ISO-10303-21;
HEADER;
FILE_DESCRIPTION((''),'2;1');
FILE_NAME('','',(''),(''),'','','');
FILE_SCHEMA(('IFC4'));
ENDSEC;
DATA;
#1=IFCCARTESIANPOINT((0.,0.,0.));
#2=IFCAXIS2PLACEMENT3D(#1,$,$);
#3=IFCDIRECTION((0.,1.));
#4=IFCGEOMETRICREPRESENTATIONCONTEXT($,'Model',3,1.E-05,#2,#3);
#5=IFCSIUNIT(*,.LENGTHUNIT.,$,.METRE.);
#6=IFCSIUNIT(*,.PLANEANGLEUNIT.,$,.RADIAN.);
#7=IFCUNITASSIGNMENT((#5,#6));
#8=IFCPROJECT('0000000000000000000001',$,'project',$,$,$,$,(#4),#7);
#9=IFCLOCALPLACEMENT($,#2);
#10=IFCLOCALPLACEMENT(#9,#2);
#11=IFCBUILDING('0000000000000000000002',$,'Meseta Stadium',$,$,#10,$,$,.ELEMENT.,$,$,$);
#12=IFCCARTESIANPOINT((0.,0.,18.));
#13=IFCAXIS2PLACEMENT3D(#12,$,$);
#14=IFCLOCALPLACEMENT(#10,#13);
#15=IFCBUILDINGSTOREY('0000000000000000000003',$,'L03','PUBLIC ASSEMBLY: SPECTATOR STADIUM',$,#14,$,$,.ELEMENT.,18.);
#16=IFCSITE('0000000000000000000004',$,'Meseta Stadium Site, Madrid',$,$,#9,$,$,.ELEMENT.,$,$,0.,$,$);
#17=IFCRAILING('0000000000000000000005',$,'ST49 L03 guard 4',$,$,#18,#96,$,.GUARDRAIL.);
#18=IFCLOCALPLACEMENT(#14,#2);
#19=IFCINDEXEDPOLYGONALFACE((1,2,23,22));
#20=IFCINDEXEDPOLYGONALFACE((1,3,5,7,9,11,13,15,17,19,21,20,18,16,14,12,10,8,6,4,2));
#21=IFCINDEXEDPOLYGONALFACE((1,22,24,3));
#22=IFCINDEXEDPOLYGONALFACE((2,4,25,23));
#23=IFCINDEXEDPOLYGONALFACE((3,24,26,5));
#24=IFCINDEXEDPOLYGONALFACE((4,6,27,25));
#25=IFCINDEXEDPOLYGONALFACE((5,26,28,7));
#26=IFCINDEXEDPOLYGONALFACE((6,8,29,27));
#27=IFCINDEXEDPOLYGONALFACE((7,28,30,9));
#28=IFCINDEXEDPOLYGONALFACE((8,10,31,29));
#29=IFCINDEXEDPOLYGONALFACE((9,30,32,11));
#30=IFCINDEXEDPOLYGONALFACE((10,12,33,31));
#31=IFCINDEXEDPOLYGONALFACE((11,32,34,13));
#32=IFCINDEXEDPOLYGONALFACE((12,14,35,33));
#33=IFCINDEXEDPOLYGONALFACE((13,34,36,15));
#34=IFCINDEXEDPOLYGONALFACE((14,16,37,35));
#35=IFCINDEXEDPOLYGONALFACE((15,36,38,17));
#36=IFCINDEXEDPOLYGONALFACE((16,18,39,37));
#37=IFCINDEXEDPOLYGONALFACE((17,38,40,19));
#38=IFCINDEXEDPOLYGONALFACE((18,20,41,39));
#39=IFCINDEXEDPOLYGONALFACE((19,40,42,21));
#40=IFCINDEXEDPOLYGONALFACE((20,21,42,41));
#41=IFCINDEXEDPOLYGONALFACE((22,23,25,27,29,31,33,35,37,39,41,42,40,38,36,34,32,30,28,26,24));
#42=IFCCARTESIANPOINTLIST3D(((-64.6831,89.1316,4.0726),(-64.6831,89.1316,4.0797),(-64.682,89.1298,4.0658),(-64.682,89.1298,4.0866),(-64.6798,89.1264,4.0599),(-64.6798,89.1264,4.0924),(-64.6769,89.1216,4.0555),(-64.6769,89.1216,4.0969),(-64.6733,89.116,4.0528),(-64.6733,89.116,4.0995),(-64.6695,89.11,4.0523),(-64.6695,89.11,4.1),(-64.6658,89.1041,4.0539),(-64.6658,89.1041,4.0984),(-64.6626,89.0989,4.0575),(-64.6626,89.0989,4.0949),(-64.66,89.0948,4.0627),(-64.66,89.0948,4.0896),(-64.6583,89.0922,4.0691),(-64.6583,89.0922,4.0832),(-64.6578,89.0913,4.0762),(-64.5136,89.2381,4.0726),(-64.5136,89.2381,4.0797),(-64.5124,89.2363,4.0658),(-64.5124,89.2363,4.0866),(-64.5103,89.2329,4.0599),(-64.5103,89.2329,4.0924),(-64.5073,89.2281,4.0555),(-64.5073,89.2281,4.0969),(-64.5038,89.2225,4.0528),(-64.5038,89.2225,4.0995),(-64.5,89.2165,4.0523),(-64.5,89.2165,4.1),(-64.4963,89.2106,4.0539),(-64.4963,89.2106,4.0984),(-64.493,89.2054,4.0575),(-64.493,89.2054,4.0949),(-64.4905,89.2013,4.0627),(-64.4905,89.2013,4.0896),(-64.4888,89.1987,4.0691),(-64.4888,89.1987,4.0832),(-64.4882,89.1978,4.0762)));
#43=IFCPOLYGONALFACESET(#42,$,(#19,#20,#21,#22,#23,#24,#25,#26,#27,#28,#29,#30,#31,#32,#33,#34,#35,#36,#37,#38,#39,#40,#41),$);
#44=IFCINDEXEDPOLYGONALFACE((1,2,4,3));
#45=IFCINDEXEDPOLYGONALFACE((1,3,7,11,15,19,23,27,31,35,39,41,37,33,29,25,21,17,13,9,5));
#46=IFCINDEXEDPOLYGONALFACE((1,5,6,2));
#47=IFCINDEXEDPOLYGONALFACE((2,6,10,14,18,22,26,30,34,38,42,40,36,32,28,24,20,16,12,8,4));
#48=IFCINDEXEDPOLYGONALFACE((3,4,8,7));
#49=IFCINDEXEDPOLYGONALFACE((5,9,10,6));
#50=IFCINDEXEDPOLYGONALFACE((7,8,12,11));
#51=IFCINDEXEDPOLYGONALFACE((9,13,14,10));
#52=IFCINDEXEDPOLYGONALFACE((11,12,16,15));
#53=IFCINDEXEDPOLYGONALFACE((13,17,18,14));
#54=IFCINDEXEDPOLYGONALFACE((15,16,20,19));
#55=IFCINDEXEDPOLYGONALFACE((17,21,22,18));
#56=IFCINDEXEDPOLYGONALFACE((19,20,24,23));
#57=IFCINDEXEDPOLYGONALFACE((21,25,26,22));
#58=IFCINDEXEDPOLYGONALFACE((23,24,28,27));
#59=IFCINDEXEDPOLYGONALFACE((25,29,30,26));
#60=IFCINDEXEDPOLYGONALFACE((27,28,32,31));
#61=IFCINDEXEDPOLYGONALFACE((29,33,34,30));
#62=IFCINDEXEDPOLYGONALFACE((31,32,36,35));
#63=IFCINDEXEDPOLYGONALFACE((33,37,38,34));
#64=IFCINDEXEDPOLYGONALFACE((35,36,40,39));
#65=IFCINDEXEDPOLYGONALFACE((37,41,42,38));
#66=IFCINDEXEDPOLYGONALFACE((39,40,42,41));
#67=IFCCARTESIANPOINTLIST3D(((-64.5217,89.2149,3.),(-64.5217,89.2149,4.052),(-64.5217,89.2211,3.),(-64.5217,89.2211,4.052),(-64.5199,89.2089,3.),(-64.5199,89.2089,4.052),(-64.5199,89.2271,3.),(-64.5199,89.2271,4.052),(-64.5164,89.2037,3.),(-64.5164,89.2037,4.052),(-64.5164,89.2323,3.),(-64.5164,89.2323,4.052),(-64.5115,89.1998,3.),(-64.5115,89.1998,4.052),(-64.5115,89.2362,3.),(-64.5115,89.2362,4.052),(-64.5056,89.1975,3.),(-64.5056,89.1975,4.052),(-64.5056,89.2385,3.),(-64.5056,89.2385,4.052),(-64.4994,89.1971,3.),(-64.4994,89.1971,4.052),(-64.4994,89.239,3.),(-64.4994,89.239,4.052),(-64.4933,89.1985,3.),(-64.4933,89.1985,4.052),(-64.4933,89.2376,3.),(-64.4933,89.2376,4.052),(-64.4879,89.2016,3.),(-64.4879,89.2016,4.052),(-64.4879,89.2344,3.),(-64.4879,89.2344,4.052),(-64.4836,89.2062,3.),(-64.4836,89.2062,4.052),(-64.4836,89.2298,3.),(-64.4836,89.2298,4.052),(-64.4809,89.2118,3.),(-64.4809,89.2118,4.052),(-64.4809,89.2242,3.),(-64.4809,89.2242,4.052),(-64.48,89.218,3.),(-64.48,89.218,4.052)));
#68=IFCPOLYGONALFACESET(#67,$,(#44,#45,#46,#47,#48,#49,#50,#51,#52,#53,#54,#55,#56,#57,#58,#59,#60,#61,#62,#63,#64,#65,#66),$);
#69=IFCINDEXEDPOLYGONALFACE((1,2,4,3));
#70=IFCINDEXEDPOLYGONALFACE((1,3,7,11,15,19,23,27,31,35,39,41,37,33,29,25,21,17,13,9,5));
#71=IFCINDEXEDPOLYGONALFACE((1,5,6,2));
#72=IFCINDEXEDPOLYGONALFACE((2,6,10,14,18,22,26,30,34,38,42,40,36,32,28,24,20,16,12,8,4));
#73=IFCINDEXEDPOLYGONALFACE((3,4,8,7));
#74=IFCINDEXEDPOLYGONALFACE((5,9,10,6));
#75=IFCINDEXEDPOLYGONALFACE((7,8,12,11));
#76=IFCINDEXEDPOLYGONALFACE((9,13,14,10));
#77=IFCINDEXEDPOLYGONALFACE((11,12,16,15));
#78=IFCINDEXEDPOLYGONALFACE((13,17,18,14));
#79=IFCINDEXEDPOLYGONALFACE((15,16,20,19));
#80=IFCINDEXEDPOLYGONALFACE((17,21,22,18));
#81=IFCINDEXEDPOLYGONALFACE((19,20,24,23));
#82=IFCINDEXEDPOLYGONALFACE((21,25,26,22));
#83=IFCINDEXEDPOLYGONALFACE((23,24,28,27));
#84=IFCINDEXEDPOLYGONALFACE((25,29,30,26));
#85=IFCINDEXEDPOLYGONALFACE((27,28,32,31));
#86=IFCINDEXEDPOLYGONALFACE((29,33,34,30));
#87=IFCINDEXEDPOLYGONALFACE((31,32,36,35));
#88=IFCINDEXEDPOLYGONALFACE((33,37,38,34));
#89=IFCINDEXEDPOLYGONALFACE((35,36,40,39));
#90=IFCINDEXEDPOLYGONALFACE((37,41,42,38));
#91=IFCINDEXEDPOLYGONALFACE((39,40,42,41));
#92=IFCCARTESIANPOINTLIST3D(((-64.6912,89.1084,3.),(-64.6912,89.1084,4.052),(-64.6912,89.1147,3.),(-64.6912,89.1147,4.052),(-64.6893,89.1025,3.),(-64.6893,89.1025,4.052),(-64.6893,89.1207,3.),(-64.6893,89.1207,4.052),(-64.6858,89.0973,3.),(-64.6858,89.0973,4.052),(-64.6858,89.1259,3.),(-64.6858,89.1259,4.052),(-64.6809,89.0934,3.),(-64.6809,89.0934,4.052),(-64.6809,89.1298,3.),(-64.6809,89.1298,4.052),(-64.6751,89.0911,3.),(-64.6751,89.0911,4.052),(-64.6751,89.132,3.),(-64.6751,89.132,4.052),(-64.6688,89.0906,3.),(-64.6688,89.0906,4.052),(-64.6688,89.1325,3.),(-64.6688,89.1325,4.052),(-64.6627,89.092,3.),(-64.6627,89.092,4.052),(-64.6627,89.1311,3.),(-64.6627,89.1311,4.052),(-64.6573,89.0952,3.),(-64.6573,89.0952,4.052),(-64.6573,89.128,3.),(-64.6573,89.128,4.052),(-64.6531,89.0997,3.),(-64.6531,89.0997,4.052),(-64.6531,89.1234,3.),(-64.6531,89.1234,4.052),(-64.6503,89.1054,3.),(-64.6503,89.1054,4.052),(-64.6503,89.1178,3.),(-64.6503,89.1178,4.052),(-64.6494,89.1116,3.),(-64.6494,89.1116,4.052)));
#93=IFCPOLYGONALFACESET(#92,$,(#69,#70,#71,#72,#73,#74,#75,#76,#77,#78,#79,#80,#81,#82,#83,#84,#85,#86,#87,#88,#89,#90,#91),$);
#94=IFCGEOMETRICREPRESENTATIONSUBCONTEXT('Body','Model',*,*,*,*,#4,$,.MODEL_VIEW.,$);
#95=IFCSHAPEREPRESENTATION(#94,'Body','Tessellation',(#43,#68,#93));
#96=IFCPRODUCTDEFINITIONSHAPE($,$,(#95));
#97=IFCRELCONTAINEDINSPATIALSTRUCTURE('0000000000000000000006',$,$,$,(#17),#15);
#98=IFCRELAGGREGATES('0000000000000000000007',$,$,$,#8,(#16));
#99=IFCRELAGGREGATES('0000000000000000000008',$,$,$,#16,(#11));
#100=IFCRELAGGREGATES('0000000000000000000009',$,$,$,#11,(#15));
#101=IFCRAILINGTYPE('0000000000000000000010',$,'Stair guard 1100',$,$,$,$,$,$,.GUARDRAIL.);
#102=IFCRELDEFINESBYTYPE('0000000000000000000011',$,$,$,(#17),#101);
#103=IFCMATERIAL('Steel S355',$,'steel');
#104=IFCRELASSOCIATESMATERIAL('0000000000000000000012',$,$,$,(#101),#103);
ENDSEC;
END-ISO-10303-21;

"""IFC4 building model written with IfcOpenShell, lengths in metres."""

from ifc_helpers import new_model, si_unit, direction, frame, origin, origin_2d, place, context, subcontext, project, spatial, circle, extrude, material, type_object, element, save


model = new_model("IFC4")

# Units and contexts
model_context = context("Model", 3, precision=1e-05, world=origin(), true_north=direction((0.0, 1.0)))
body_context = subcontext(model_context, "Body", "Model", "MODEL_VIEW")
ifc_project = project(units=[si_unit("LENGTHUNIT", "METRE"), si_unit("PLANEANGLEUNIT", "RADIAN")], contexts=[model_context])

# Site, building, storey
site_placement = place(None, origin())
site = spatial("IfcSite", under=ifc_project, at=site_placement, Name="Meseta Stadium Site, Madrid", CompositionType="ELEMENT", RefElevation=0.0)
building_placement = place(site_placement, origin())
building = spatial("IfcBuilding", under=site, at=building_placement, Name="Meseta Stadium", CompositionType="ELEMENT")
storey_placement = place(building_placement, frame((0.0, 0.0, 18.0)))
storey = spatial("IfcBuildingStorey", under=building, at=storey_placement, Name="L03", Description="PUBLIC ASSEMBLY: SPECTATOR STADIUM", CompositionType="ELEMENT", Elevation=18.0)

# Railing
ifc_material_1 = material(Name="Steel S355", Category="steel")
railing_type_1 = type_object("IfcRailingType", Name="Stair guard 1100", PredefinedType="GUARDRAIL", material=ifc_material_1)
railing_1_placement = place(storey_placement, frame((-64.501, 89.218, 3.0)))
element("IfcRailing", 1, at=railing_1_placement, inside=storey, type_object=railing_type_1, Name="ST49 L03 guard 4", PredefinedType="GUARDRAIL", context=body_context, shape_type="SweptSolid", body=[
    extrude(circle(Radius=0.0239, at=origin_2d()), frame((0.0, 0.0, 1.0762), z_axis=(-0.846762, -0.531972, 0.0), x_axis=(0.531972, -0.846762, 0.0)), (0.0, 0.0, 1.0), 0.2002),
    extrude(circle(Radius=0.021, at=origin_2d()), origin(), (0.0, 0.0, 1.0), 1.052),
    extrude(circle(Radius=0.021, at=origin_2d()), frame((-0.1694, -0.1064, 0.0)), (0.0, 0.0, 1.0), 1.052),
])

save(model, "model.ifc")
